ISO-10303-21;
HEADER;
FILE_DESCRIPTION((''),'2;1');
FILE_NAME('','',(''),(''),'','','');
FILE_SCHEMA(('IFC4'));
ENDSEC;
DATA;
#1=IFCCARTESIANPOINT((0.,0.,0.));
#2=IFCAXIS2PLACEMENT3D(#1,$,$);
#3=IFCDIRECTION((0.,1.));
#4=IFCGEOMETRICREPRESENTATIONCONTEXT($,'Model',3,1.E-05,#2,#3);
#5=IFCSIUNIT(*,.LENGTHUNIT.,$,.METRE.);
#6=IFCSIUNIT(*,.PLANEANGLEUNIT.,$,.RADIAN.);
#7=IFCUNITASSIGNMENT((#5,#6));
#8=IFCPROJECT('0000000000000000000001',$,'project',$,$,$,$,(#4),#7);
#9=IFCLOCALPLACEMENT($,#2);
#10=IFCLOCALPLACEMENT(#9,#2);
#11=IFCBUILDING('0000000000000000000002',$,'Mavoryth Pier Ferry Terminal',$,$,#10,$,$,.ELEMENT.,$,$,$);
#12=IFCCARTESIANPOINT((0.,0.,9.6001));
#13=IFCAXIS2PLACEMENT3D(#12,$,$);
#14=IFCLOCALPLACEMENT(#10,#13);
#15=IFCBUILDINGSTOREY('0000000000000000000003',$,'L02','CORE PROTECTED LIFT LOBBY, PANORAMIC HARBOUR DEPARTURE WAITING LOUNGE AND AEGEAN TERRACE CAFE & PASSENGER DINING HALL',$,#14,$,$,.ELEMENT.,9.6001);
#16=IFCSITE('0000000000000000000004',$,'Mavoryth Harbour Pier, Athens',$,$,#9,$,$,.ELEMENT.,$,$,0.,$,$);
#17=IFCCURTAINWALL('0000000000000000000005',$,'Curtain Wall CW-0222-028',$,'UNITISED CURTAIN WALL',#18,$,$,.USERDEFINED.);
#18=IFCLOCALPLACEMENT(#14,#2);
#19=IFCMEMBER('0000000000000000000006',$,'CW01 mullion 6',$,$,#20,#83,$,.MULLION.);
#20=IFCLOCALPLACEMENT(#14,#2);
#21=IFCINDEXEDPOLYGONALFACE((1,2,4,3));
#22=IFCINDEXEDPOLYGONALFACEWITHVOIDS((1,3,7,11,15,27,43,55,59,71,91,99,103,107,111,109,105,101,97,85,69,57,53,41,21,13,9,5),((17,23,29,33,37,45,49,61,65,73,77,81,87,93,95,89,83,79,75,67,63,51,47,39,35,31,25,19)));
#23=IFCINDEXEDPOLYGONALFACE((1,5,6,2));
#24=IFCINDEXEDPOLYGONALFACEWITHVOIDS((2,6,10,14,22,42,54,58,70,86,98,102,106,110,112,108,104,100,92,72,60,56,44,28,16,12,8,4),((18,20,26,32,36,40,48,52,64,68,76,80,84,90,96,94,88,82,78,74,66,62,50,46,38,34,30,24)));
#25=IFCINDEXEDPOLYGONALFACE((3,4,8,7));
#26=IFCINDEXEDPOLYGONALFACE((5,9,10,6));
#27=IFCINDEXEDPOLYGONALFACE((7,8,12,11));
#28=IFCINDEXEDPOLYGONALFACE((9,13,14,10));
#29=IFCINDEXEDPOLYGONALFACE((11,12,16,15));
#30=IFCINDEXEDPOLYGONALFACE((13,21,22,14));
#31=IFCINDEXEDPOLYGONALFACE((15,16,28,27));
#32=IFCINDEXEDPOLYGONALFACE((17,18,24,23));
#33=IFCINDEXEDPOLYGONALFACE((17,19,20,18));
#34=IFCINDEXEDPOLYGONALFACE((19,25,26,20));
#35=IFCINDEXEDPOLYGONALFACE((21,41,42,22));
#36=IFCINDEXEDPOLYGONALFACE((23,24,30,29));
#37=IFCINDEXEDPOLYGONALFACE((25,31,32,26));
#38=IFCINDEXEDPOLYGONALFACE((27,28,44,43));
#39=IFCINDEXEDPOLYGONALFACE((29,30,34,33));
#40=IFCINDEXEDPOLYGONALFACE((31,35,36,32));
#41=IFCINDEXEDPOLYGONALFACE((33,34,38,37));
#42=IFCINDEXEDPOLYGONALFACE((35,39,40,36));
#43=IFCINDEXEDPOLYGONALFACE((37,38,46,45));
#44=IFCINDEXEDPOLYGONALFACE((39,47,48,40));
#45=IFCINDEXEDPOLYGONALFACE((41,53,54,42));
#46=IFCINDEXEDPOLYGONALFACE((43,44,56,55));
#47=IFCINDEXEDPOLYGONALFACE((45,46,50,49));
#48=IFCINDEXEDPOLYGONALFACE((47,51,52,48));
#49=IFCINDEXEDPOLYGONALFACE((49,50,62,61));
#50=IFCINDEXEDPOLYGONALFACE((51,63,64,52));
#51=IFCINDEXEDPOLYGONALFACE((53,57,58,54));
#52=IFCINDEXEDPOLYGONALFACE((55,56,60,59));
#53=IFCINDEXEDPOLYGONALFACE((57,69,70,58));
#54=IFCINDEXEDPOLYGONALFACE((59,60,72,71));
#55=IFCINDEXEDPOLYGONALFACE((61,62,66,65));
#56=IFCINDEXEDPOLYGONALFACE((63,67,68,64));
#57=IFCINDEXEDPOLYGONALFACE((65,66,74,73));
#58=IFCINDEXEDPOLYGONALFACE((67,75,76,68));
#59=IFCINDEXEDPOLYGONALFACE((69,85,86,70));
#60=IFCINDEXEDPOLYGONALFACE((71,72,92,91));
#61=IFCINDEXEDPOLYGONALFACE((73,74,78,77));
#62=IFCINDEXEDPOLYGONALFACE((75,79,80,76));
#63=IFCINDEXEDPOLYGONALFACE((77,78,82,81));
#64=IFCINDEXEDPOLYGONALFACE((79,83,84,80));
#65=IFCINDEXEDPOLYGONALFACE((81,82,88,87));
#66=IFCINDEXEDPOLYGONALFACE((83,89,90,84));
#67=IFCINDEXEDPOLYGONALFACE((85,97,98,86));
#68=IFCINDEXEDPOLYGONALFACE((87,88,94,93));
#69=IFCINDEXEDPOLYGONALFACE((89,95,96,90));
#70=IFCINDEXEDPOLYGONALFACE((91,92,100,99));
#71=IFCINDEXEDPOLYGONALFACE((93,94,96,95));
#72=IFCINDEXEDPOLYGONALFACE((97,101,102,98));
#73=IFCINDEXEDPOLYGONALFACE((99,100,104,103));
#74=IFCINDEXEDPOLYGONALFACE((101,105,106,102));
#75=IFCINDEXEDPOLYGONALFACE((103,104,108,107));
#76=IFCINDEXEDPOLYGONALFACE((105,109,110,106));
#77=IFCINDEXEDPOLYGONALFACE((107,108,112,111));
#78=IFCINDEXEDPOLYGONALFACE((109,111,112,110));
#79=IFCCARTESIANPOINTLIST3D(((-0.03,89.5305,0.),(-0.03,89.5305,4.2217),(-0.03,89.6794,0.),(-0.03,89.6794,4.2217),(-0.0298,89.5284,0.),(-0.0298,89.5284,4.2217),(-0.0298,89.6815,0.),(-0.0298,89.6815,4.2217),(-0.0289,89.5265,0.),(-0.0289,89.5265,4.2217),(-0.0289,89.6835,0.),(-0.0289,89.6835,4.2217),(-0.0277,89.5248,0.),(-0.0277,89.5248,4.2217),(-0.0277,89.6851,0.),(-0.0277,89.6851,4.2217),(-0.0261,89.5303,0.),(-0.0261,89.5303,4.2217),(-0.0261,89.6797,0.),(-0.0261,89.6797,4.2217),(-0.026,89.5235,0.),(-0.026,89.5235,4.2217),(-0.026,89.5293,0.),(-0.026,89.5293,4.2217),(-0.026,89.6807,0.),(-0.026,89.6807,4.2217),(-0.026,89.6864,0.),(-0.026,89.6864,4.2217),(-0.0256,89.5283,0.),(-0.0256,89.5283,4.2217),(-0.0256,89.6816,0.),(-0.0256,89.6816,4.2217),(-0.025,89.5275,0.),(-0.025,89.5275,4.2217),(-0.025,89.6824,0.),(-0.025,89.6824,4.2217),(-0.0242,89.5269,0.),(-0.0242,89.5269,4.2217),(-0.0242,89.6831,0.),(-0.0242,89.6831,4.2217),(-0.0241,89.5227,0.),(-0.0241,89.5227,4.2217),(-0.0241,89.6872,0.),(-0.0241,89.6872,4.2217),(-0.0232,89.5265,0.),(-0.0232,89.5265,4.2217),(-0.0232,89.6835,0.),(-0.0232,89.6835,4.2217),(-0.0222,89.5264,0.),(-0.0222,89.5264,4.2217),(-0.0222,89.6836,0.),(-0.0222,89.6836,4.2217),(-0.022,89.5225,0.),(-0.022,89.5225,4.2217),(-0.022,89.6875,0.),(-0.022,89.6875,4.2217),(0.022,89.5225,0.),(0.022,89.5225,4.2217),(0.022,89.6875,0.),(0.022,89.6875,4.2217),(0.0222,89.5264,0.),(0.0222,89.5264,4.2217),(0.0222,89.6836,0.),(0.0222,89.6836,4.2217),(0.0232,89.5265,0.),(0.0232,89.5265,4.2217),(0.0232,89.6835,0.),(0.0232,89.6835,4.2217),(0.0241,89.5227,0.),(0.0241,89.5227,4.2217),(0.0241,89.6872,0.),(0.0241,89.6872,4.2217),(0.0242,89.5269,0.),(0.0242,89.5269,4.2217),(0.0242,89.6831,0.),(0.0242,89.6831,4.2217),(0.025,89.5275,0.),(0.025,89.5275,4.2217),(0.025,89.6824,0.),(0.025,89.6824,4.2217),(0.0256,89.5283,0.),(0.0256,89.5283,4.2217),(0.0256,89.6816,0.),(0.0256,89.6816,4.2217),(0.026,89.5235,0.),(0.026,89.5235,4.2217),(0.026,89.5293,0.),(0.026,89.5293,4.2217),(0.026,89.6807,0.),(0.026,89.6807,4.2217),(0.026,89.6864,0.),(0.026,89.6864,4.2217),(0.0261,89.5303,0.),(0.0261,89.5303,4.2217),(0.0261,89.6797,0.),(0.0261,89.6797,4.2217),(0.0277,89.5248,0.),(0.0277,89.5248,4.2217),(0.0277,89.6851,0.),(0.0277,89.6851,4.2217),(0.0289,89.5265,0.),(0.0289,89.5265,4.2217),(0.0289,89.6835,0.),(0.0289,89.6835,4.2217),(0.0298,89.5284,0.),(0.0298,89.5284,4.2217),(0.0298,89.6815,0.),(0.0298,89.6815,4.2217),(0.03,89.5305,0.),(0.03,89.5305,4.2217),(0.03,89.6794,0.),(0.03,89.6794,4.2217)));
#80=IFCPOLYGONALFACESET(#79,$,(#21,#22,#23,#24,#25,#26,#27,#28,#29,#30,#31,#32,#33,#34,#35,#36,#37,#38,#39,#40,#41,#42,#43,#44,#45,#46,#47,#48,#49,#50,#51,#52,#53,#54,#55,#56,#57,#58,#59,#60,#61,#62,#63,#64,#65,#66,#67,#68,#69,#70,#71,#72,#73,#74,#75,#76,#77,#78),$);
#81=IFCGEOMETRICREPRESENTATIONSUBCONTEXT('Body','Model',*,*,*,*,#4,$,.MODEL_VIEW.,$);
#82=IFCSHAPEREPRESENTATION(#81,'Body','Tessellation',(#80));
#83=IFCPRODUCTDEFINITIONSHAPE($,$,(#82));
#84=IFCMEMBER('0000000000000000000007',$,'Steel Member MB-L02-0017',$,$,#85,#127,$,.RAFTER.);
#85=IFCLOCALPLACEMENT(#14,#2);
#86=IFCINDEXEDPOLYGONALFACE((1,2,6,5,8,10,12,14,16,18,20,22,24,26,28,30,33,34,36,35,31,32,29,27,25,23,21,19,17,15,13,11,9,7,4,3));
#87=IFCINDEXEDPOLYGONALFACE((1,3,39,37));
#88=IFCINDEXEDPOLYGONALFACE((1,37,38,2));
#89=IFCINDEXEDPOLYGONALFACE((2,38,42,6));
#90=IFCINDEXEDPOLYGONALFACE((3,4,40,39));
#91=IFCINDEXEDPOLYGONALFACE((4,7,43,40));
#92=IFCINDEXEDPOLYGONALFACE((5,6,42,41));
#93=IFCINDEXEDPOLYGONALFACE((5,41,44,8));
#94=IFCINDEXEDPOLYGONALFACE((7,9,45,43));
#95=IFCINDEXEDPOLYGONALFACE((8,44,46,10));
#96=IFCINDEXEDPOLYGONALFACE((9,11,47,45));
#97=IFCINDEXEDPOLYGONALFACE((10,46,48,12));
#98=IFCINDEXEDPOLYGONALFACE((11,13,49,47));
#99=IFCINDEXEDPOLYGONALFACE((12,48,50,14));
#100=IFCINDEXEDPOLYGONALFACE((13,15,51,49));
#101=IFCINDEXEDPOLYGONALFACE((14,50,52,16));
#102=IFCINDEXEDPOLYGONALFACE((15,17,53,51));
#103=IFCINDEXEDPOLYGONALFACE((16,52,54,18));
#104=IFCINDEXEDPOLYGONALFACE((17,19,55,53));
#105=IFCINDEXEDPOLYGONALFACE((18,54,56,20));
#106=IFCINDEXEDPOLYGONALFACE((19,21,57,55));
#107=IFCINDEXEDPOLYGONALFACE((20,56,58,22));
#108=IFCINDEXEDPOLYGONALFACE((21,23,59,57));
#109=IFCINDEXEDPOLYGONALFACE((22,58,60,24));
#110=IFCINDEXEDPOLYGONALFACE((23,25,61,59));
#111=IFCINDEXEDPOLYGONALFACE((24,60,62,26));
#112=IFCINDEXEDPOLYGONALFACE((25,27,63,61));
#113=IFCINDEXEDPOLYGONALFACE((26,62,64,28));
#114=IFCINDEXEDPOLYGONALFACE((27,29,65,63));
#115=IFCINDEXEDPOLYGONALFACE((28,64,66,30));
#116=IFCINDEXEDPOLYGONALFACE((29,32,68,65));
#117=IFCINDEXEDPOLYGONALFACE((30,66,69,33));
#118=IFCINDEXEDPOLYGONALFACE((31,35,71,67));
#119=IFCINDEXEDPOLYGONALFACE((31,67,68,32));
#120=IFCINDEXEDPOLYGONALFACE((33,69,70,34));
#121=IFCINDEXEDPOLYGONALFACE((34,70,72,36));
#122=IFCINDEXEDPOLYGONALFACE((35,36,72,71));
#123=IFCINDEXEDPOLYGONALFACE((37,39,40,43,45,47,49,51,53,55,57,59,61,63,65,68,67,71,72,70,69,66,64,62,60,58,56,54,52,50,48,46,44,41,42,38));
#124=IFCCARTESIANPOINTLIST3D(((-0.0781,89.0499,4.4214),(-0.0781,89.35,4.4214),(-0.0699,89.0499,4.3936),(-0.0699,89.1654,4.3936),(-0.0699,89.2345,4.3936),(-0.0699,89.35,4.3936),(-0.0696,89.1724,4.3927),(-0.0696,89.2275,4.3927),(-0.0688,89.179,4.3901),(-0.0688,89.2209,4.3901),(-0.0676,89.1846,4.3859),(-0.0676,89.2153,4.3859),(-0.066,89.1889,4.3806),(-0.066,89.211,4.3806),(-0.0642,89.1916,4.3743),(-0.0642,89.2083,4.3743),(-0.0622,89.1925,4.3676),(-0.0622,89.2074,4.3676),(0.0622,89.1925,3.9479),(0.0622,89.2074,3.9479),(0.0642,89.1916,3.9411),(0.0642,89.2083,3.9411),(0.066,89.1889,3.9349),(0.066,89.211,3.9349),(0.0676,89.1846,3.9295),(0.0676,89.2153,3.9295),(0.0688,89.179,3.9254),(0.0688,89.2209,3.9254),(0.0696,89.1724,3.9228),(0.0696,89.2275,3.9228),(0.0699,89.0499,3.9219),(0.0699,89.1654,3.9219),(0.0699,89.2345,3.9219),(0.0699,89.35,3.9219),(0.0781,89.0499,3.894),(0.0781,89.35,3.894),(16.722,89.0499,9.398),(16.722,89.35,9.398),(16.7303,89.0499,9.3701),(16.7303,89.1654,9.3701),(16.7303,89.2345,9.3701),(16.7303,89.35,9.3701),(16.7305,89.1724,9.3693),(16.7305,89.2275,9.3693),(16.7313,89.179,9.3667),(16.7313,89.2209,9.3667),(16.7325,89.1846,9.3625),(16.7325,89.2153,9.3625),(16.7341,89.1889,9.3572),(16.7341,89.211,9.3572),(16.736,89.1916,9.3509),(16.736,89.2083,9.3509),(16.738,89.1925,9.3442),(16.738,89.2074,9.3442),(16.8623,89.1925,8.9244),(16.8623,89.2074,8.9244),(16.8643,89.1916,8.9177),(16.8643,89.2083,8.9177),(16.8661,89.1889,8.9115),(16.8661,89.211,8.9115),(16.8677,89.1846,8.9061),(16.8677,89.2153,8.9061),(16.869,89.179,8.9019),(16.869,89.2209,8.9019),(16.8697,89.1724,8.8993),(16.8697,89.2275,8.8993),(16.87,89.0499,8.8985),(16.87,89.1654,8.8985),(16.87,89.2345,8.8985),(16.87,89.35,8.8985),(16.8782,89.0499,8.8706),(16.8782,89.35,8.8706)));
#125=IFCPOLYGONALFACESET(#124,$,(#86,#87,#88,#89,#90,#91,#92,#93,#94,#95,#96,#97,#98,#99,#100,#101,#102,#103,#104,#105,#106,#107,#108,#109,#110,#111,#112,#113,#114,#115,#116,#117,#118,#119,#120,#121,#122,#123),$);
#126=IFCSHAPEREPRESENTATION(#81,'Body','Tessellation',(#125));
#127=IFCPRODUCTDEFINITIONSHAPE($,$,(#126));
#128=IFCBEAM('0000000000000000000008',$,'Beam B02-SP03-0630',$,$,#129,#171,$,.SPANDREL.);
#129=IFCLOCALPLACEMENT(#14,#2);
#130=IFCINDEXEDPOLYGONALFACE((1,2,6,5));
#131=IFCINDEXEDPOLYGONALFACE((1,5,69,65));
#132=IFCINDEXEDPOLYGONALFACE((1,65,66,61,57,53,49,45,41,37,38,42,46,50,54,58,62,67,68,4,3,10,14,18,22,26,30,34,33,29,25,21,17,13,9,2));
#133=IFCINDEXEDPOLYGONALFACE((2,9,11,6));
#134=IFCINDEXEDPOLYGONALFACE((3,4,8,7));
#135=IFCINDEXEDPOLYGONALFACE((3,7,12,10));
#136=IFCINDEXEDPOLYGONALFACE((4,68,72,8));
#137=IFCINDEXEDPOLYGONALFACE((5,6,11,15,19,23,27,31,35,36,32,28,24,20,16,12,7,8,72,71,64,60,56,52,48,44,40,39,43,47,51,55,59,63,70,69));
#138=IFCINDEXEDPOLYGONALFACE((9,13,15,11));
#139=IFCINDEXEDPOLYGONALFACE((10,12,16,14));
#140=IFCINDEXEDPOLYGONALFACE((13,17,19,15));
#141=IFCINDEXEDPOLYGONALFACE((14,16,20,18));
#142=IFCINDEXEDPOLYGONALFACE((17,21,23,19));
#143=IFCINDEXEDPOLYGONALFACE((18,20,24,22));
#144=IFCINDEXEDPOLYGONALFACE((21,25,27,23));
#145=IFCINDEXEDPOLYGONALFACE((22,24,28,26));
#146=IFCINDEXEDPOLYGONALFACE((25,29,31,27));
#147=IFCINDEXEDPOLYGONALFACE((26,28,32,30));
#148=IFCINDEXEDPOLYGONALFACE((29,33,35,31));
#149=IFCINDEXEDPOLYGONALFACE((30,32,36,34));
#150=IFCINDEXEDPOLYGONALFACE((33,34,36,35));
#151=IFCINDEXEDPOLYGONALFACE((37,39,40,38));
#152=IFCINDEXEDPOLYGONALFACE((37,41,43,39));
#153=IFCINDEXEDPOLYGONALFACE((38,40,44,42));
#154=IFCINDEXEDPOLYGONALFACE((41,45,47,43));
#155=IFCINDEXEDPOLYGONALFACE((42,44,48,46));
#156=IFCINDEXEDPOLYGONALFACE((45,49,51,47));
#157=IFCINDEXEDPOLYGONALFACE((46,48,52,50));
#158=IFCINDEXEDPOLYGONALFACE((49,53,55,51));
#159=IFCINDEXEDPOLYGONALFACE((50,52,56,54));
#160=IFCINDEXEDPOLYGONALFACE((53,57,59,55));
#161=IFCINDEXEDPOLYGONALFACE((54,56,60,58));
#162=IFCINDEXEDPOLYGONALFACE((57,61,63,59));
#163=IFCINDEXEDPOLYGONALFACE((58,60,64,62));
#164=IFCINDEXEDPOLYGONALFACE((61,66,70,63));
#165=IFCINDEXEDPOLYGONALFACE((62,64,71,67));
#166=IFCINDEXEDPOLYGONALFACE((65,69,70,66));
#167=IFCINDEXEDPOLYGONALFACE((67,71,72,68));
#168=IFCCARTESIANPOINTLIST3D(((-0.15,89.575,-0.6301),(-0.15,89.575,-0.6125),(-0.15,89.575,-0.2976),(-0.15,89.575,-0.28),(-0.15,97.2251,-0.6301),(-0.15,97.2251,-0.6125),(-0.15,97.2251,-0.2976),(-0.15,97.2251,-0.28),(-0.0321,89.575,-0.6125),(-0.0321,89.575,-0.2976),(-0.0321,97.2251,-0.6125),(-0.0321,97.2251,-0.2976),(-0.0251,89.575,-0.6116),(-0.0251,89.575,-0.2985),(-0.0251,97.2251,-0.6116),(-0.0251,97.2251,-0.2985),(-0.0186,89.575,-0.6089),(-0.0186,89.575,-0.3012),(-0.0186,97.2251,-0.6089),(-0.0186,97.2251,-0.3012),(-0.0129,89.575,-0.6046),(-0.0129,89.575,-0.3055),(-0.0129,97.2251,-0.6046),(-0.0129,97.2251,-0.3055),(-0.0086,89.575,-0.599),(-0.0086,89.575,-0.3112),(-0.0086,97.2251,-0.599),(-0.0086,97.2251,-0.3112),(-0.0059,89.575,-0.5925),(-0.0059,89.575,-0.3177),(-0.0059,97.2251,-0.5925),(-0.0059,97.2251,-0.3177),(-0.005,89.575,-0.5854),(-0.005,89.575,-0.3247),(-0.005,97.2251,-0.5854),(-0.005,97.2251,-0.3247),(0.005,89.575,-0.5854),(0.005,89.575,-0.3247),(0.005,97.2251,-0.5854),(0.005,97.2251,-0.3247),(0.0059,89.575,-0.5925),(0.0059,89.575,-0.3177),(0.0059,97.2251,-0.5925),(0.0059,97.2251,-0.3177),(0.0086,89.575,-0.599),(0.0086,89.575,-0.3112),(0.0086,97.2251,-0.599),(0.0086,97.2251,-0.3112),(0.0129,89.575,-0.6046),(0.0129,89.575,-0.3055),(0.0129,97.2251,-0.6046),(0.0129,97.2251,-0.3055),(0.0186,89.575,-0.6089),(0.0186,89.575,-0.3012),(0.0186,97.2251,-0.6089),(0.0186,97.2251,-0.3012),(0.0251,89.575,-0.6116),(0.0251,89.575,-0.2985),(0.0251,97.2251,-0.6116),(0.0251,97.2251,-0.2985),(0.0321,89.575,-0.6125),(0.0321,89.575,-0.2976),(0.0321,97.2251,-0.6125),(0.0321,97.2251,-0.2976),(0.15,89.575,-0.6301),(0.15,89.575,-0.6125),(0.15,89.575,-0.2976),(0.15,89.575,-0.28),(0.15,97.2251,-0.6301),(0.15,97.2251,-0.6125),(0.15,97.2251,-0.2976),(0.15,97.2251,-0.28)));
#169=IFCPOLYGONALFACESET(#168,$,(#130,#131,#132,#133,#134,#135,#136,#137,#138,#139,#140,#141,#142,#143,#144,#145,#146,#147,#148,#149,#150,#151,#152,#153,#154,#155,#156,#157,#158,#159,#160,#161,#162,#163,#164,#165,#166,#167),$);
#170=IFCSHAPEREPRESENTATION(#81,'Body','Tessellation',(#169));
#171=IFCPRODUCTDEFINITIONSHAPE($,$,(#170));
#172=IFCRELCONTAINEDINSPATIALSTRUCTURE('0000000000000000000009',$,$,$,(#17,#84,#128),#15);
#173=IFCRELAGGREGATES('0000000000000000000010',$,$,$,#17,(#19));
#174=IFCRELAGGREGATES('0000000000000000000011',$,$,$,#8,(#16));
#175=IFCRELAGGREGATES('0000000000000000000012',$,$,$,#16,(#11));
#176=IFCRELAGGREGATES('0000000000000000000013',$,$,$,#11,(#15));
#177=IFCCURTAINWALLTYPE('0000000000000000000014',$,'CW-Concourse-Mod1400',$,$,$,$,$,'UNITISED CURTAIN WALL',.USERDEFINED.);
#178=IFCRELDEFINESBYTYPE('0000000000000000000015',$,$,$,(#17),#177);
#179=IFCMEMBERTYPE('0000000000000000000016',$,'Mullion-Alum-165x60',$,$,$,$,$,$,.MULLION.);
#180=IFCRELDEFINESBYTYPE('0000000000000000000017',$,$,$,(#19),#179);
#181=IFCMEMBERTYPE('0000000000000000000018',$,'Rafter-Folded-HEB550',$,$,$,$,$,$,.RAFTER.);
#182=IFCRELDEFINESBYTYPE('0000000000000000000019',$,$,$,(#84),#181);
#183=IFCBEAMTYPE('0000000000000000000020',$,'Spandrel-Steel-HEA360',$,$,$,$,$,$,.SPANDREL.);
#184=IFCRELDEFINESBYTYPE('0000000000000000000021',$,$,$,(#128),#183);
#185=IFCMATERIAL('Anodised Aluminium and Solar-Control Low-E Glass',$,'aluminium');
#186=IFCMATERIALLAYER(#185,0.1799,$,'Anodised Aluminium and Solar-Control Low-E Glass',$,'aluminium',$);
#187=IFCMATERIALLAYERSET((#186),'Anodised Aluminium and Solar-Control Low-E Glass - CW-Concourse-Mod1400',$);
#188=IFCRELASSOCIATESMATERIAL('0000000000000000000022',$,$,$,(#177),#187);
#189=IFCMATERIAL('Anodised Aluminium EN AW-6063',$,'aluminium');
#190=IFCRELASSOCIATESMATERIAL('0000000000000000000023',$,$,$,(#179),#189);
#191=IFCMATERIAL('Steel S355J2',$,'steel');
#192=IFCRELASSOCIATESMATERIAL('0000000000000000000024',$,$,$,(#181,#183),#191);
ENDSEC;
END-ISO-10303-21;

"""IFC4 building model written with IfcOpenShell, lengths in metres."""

from ifc_helpers import new_model, si_unit, direction, frame, origin, origin_2d, place, context, subcontext, project, spatial, hollow_rectangle, i_section, extrude, material, layer, layer_set, material_profile, profile_set, type_object, element, aggregate, save


model = new_model("IFC4")

# Units and contexts
model_context = context("Model", 3, precision=1e-05, world=origin(), true_north=direction((0.0, 1.0)))
body_context = subcontext(model_context, "Body", "Model", "MODEL_VIEW")
ifc_project = project(units=[si_unit("LENGTHUNIT", "METRE"), si_unit("PLANEANGLEUNIT", "RADIAN")], contexts=[model_context])

# Site, building, storey
site_placement = place(None, origin())
site = spatial("IfcSite", under=ifc_project, at=site_placement, Name="Mavoryth Harbour Pier, Athens", CompositionType="ELEMENT", RefElevation=0.0)
building_placement = place(site_placement, origin())
building = spatial("IfcBuilding", under=site, at=building_placement, Name="Mavoryth Pier Ferry Terminal", CompositionType="ELEMENT")
storey_placement = place(building_placement, frame((0.0, 0.0, 9.6001)))
storey = spatial("IfcBuildingStorey", under=building, at=storey_placement, Name="L02", Description="CORE PROTECTED LIFT LOBBY, PANORAMIC HARBOUR DEPARTURE WAITING LOUNGE AND AEGEAN TERRACE CAFE & PASSENGER DINING HALL", CompositionType="ELEMENT", Elevation=9.6001)

# Shared definitions
ifc_material_1 = material(Name="Steel S355J2", Category="steel")

# Shared definitions
ifc_material_2 = material(Name="Anodised Aluminium and Solar-Control Low-E Glass", Category="aluminium")
ifc_layer_1 = layer(ifc_material_2, 0.1799, Name="Anodised Aluminium and Solar-Control Low-E Glass", Category="aluminium")
ifc_layer_set_1 = layer_set([ifc_layer_1], Name="Anodised Aluminium and Solar-Control Low-E Glass - CW-Concourse-Mod1400")
curtain_wall_type = type_object("IfcCurtainWallType", Name="CW-Concourse-Mod1400", ElementType="UNITISED CURTAIN WALL", PredefinedType="USERDEFINED", material=ifc_layer_set_1)
ifc_material_3 = material(Name="Anodised Aluminium EN AW-6063", Category="aluminium")
ifc_material_profile_1 = material_profile(ifc_material_3, hollow_rectangle(XDim=0.0601, YDim=0.165, WallThickness=0.0039, InnerFilletRadius=0.0039, OuterFilletRadius=0.0081, at=origin_2d()), Name="AL-MULL 165x60x4", Category="aluminium")
ifc_profile_set_1 = profile_set([ifc_material_profile_1], Name="Anodised Aluminium EN AW-6063 - AL-MULL 165x60x4")
member_type_1 = type_object("IfcMemberType", Name="Mullion-Alum-165x60", PredefinedType="MULLION", material=ifc_profile_set_1)

# Curtain wall, member
curtain_wall_1_placement = place(storey_placement, origin())
curtain_wall_1 = element("IfcCurtainWall", 1, at=curtain_wall_1_placement, inside=storey, type_object=curtain_wall_type, Name="Curtain Wall CW-0222-028", ObjectType="UNITISED CURTAIN WALL", PredefinedType="USERDEFINED")
member_1_placement = place(storey_placement, frame((0.0, 89.605, 0.0), z_axis=(0.0, 0.0, 1.0), x_axis=(1.0, 0.0, 0.0)))
member_1 = element("IfcMember", 2, at=member_1_placement, type_object=member_type_1, Name="CW01 mullion 6", PredefinedType="MULLION", context=body_context, shape_type="SweptSolid", body=[
    extrude(hollow_rectangle(XDim=0.0601, YDim=0.165, WallThickness=0.0039, InnerFilletRadius=0.0039, OuterFilletRadius=0.0081, at=origin_2d()), origin(), (0.0, 0.0, 1.0), 4.2217),
])

# Member
ifc_material_profile_2 = material_profile(ifc_material_1, i_section(OverallWidth=0.3, OverallDepth=0.55, WebThickness=0.0149, FlangeThickness=0.0291, FilletRadius=0.0271, at=origin_2d()), Name="HEB 550", Category="steel")
ifc_profile_set_2 = profile_set([ifc_material_profile_2], Name="Steel S355J2 - HEB 550")
member_type_2 = type_object("IfcMemberType", Name="Rafter-Folded-HEB550", PredefinedType="RAFTER", material=ifc_profile_set_2)
member_2_placement = place(storey_placement, frame((0.0, 89.2, 4.1577), z_axis=(0.958817, 0.0, 0.284024), x_axis=(0.0, 1.0, 0.0)))
element("IfcMember", 3, at=member_2_placement, inside=storey, type_object=member_type_2, Name="Steel Member MB-L02-0017", PredefinedType="RAFTER", context=body_context, shape_type="SweptSolid", body=[
    extrude(i_section(OverallWidth=0.3, OverallDepth=0.55, WebThickness=0.0149, FlangeThickness=0.0291, FilletRadius=0.0271, at=origin_2d()), origin(), (0.0, 0.0, 1.0), 17.5217),
])

# Beam
ifc_material_profile_3 = material_profile(ifc_material_1, i_section(OverallWidth=0.3, OverallDepth=0.3501, WebThickness=0.01, FlangeThickness=0.0176, FilletRadius=0.0271, at=origin_2d()), Name="HEA 360", Category="steel")
ifc_profile_set_3 = profile_set([ifc_material_profile_3], Name="Steel S355J2 - HEA 360")
beam_type = type_object("IfcBeamType", Name="Spandrel-Steel-HEA360", PredefinedType="SPANDREL", material=ifc_profile_set_3)
beam_placement = place(storey_placement, frame((0.0, 89.575, -0.4551), z_axis=(0.0, 1.0, 0.0), x_axis=(-1.0, 0.0, 0.0)))
element("IfcBeam", 4, at=beam_placement, inside=storey, type_object=beam_type, Name="Beam B02-SP03-0630", PredefinedType="SPANDREL", context=body_context, shape_type="SweptSolid", body=[
    extrude(i_section(OverallWidth=0.3, OverallDepth=0.3501, WebThickness=0.01, FlangeThickness=0.0176, FilletRadius=0.0271, at=origin_2d()), origin(), (0.0, 0.0, 1.0), 7.6501),
])

aggregate(curtain_wall_1, [member_1])

save(model, "model.ifc")
